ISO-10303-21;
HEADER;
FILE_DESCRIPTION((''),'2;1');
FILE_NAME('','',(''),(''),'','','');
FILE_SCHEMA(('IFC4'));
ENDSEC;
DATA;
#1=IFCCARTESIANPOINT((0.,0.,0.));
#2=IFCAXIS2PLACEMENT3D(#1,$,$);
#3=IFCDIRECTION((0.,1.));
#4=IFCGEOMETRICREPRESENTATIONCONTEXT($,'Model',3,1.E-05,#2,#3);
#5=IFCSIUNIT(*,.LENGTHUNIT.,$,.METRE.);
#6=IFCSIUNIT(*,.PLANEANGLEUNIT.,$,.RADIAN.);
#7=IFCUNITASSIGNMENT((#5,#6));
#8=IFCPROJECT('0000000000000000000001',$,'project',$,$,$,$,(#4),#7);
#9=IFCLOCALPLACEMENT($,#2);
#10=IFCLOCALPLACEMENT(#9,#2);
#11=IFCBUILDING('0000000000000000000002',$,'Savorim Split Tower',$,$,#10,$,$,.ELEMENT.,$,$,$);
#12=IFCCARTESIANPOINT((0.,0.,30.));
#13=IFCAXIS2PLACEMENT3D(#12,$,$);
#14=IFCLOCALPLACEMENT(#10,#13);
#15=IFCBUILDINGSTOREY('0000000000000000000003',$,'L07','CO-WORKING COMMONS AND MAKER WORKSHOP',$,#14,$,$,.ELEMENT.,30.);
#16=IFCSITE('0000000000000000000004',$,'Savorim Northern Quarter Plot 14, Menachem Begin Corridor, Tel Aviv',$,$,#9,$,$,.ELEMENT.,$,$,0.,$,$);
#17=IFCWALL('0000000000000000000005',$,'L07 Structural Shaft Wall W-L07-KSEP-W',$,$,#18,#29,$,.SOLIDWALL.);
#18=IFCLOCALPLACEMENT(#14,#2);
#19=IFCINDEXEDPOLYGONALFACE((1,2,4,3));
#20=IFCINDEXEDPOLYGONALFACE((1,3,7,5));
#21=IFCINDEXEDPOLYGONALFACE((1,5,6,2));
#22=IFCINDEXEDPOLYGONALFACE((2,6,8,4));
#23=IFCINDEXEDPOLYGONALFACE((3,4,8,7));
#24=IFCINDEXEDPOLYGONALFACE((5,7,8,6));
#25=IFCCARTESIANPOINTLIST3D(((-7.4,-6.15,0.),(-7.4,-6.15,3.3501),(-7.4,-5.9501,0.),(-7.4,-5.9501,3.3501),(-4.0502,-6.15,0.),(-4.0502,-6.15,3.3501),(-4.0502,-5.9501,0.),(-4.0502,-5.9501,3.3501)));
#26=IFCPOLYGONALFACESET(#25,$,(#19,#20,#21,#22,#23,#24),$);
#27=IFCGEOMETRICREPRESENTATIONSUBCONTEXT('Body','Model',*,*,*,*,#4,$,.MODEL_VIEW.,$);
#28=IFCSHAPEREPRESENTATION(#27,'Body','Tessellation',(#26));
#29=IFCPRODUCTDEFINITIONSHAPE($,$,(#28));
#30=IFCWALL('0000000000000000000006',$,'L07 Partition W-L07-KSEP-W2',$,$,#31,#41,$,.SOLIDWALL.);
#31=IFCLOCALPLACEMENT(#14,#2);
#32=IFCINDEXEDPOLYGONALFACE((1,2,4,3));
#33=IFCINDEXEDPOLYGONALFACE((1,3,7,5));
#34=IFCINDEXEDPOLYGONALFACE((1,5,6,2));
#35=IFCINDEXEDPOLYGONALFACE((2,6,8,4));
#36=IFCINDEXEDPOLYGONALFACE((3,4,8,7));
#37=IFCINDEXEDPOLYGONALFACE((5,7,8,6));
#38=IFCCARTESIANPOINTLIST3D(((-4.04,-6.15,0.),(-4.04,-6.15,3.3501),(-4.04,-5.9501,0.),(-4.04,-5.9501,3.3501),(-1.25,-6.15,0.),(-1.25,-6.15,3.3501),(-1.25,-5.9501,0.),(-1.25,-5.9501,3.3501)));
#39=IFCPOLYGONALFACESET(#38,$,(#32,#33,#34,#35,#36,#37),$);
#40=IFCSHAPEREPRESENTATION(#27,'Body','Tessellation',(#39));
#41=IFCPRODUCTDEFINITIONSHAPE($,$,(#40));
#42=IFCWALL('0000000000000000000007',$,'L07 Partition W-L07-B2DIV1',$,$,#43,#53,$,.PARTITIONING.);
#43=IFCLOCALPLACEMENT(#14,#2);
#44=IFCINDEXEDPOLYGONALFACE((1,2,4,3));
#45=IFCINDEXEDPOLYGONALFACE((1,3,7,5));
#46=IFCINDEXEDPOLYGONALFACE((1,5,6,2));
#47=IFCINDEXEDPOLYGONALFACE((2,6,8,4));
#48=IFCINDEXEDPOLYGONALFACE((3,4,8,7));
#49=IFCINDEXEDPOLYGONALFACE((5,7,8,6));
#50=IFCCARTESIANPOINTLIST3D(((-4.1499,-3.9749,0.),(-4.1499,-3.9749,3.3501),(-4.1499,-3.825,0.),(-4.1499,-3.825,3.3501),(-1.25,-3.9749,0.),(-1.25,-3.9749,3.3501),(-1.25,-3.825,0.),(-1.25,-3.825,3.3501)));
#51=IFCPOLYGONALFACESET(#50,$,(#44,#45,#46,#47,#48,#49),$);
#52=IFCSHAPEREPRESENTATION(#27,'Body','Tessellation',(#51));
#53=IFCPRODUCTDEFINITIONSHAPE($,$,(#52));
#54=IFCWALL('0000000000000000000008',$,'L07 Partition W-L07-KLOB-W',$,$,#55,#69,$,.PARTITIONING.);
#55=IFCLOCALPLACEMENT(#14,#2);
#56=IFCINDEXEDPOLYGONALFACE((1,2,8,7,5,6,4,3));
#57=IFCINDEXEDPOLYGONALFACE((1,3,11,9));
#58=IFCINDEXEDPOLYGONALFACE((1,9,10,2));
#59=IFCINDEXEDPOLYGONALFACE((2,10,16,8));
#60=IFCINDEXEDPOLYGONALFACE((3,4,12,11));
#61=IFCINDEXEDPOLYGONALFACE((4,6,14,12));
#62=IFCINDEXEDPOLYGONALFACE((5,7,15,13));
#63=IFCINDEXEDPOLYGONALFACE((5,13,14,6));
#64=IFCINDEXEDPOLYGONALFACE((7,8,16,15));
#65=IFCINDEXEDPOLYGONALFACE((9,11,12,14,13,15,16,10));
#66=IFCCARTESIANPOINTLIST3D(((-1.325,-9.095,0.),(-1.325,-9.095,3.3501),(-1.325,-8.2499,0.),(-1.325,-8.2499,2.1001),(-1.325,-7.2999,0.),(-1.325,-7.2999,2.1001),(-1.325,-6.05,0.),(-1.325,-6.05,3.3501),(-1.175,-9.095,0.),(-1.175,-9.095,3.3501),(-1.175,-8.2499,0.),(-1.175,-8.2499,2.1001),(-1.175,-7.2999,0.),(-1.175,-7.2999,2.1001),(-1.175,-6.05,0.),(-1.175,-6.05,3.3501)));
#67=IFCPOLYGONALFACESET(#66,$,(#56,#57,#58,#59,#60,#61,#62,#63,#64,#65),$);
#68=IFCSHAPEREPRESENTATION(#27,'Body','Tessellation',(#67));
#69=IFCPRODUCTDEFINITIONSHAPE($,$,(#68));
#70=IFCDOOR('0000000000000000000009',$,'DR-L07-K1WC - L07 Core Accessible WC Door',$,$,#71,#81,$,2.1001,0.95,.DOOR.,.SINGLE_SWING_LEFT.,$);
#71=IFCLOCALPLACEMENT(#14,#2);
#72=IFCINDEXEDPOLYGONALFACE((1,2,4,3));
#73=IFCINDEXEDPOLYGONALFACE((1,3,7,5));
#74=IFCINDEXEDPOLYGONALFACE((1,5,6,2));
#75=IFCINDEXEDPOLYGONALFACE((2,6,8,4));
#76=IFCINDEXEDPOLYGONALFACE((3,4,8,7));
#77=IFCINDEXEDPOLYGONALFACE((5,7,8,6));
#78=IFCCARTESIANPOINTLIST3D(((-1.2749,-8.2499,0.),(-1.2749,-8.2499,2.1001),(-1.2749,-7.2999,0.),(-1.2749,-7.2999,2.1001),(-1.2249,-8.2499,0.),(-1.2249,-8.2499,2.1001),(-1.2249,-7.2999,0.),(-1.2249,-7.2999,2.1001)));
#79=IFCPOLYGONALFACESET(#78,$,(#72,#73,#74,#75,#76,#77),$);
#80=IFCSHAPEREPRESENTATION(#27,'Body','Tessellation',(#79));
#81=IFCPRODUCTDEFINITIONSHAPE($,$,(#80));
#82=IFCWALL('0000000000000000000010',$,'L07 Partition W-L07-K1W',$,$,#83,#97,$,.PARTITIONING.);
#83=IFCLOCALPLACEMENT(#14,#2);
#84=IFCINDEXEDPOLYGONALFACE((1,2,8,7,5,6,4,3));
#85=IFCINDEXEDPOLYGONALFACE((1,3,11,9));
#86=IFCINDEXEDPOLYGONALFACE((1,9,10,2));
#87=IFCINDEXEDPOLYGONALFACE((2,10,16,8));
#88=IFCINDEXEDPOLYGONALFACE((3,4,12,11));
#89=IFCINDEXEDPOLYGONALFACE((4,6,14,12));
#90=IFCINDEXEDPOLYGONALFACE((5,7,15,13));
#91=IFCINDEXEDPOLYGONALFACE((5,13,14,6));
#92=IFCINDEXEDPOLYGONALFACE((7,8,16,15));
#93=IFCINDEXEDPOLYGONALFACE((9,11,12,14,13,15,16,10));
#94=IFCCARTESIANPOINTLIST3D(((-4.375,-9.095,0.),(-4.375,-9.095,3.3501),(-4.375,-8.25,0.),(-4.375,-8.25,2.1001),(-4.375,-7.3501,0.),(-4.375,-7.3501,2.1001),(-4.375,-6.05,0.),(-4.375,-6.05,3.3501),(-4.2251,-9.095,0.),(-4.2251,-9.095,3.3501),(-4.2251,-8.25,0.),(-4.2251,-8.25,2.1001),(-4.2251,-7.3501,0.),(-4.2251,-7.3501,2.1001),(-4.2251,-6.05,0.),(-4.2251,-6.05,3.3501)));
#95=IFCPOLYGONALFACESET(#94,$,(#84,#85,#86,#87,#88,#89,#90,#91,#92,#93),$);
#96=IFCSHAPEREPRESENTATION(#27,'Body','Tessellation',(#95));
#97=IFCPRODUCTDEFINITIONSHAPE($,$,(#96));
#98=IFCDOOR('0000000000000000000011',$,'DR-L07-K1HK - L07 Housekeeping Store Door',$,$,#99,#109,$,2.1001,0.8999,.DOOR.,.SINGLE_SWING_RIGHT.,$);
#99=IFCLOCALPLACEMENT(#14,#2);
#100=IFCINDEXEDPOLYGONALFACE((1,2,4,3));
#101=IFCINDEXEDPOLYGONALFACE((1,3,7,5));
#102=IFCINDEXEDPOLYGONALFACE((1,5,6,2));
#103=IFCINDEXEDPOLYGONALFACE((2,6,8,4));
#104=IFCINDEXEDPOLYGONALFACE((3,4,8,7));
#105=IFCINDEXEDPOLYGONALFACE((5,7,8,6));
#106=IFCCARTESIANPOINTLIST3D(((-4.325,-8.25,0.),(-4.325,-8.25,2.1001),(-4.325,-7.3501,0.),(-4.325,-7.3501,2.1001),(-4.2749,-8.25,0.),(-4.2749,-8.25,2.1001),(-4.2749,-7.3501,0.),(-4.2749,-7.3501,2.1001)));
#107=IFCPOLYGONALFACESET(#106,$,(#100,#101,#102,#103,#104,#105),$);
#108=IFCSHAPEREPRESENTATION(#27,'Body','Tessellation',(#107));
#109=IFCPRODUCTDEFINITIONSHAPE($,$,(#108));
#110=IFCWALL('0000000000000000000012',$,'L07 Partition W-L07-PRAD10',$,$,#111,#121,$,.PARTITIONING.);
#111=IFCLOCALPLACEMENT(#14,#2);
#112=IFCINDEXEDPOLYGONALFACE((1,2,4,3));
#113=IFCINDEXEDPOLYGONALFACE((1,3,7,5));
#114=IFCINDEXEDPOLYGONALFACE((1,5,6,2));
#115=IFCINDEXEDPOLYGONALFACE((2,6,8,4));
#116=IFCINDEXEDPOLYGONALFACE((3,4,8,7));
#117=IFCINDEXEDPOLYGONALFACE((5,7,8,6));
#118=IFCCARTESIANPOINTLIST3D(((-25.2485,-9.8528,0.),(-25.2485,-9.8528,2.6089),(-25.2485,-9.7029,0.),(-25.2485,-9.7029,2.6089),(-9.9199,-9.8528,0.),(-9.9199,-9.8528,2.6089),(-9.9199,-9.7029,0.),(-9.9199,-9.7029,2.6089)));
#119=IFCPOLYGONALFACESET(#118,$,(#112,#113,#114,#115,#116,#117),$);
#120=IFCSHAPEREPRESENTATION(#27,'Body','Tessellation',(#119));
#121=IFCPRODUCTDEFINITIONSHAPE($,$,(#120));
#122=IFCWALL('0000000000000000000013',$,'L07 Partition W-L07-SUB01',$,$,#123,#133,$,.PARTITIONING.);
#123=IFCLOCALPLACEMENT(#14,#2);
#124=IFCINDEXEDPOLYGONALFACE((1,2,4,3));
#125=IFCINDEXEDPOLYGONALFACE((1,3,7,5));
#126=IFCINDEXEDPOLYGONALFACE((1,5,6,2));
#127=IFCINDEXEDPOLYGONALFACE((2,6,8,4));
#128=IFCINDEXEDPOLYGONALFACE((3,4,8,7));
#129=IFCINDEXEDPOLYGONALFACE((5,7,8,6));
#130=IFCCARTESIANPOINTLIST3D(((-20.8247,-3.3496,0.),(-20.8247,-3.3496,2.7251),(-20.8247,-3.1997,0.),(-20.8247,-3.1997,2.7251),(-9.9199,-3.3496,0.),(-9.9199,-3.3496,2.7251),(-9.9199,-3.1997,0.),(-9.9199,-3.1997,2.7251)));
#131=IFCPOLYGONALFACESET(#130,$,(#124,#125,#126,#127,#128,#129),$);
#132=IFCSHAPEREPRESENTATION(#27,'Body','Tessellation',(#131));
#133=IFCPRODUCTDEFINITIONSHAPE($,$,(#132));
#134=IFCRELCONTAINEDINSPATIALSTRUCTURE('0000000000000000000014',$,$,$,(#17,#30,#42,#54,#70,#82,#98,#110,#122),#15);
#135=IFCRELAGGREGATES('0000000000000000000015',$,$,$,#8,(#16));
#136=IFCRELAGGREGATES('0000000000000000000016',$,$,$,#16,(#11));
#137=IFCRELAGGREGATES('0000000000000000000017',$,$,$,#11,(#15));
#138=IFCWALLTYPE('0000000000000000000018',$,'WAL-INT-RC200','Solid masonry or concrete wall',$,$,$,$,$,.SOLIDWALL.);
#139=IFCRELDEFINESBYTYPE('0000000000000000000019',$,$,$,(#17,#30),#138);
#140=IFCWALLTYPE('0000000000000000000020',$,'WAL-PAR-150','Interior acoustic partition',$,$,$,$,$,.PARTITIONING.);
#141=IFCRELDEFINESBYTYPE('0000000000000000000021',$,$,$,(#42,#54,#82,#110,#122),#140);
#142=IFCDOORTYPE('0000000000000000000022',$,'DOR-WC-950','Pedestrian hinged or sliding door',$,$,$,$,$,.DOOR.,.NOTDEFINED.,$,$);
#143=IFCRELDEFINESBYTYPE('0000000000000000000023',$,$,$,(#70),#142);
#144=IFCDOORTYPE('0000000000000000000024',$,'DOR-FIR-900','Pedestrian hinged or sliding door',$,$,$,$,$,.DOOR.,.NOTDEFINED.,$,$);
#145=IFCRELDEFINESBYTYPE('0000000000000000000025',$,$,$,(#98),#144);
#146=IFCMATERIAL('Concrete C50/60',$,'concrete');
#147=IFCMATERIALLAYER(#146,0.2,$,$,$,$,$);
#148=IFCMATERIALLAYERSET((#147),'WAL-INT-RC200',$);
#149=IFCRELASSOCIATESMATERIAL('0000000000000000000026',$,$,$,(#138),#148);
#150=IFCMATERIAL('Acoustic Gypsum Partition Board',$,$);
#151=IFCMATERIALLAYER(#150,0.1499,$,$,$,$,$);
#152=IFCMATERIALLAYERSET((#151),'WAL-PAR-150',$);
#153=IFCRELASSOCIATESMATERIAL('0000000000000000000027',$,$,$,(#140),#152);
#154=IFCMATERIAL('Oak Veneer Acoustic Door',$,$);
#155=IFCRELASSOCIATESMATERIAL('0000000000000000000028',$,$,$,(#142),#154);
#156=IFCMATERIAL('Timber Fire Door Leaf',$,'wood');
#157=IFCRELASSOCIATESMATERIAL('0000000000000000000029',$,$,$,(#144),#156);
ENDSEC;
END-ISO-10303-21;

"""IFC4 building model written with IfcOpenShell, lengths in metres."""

from ifc_helpers import new_model, si_unit, direction, frame, frame_2d, origin, place, context, subcontext, project, spatial, rectangle, extrude, material, layer, layer_set, type_object, element, fill, save


model = new_model("IFC4")

# Units and contexts
model_context = context("Model", 3, precision=1e-05, world=origin(), true_north=direction((0.0, 1.0)))
body_context = subcontext(model_context, "Body", "Model", "MODEL_VIEW")
ifc_project = project(units=[si_unit("LENGTHUNIT", "METRE"), si_unit("PLANEANGLEUNIT", "RADIAN")], contexts=[model_context])

# Site, building, storey
site_placement = place(None, origin())
site = spatial("IfcSite", under=ifc_project, at=site_placement, Name="Savorim Northern Quarter Plot 14, Menachem Begin Corridor, Tel Aviv", CompositionType="ELEMENT", RefElevation=0.0)
building_placement = place(site_placement, origin())
building = spatial("IfcBuilding", under=site, at=building_placement, Name="Savorim Split Tower", CompositionType="ELEMENT")
storey_placement = place(building_placement, frame((0.0, 0.0, 30.0)))
storey = spatial("IfcBuildingStorey", under=building, at=storey_placement, Name="L07", Description="CO-WORKING COMMONS AND MAKER WORKSHOP", CompositionType="ELEMENT", Elevation=30.0)

# Shared definitions
ifc_material_1 = material(Name="Timber Fire Door Leaf", Category="wood")

# Walls
ifc_material_2 = material(Name="Concrete C50/60", Category="concrete")
ifc_layer_1 = layer(ifc_material_2, 0.2)
ifc_layer_set_1 = layer_set([ifc_layer_1], Name="WAL-INT-RC200")
wall_type_1 = type_object("IfcWallType", Name="WAL-INT-RC200", Description="Solid masonry or concrete wall", PredefinedType="SOLIDWALL", material=ifc_layer_set_1)
wall_1_placement = place(storey_placement, frame((-7.3999, -6.05, 0.0), z_axis=(0.0, 0.0, 1.0), x_axis=(1.0, 0.0, 0.0)))
element("IfcWall", 1, at=wall_1_placement, inside=storey, type_object=wall_type_1, Name="L07 Structural Shaft Wall W-L07-KSEP-W", PredefinedType="SOLIDWALL", context=body_context, shape_type="SweptSolid", body=[
    extrude(rectangle(XDim=3.3499, YDim=0.2, at=frame_2d((1.6748, 0.0))), origin(), (0.0, 0.0, 1.0), 3.3501),
])
wall_2_placement = place(storey_placement, frame((-4.04, -6.05, 0.0), z_axis=(0.0, 0.0, 1.0), x_axis=(1.0, 0.0, 0.0)))
element("IfcWall", 2, at=wall_2_placement, inside=storey, type_object=wall_type_1, Name="L07 Partition W-L07-KSEP-W2", PredefinedType="SOLIDWALL", context=body_context, shape_type="SweptSolid", body=[
    extrude(rectangle(XDim=2.79, YDim=0.2, at=frame_2d((1.395, 0.0))), origin(), (0.0, 0.0, 1.0), 3.3501),
])
ifc_material_3 = material(Name="Acoustic Gypsum Partition Board")
ifc_layer_2 = layer(ifc_material_3, 0.1499)
ifc_layer_set_2 = layer_set([ifc_layer_2], Name="WAL-PAR-150")
wall_type_2 = type_object("IfcWallType", Name="WAL-PAR-150", Description="Interior acoustic partition", PredefinedType="PARTITIONING", material=ifc_layer_set_2)
wall_3_placement = place(storey_placement, frame((-4.1499, -3.8999, 0.0), z_axis=(0.0, 0.0, 1.0), x_axis=(1.0, 0.0, 0.0)))
element("IfcWall", 3, at=wall_3_placement, inside=storey, type_object=wall_type_2, Name="L07 Partition W-L07-B2DIV1", PredefinedType="PARTITIONING", context=body_context, shape_type="SweptSolid", body=[
    extrude(rectangle(XDim=2.8999, YDim=0.1499, at=frame_2d((1.45, 0.0))), origin(), (0.0, 0.0, 1.0), 3.3501),
])

# Walls, openings, doors
wall_4_placement = place(storey_placement, frame((-1.25, -9.095, 0.0), z_axis=(0.0, 0.0, 1.0), x_axis=(0.0, 1.0, 0.0)))
wall_4 = element("IfcWall", 4, at=wall_4_placement, inside=storey, type_object=wall_type_2, Name="L07 Partition W-L07-KLOB-W", PredefinedType="PARTITIONING", context=body_context, shape_type="SweptSolid", body=[
    extrude(rectangle(XDim=3.0449, YDim=0.1499, at=frame_2d((1.5225, 0.0))), origin(), (0.0, 0.0, 1.0), 3.3501),
])
opening_1_placement = place(wall_4_placement, frame((0.845, 0.0, 0.0)))
opening_1 = element("IfcOpeningElement", 5, at=opening_1_placement, cuts=wall_4, PredefinedType="OPENING", context=body_context, shape_type="SweptSolid", body=[
    extrude(rectangle(XDim=0.95, YDim=2.1001, at=frame_2d((0.4751, 1.05))), frame((0.0, 0.085, 0.0), z_axis=(0.0, -1.0, 0.0), x_axis=(1.0, 0.0, 0.0)), (0.0, 0.0, 1.0), 0.1699),
])
ifc_material_4 = material(Name="Oak Veneer Acoustic Door")
door_type_1 = type_object("IfcDoorType", Name="DOR-WC-950", Description="Pedestrian hinged or sliding door", OperationType="NOTDEFINED", PredefinedType="DOOR", material=ifc_material_4)
door_1_placement = place(opening_1_placement, origin())
door_1 = element("IfcDoor", 6, at=door_1_placement, inside=storey, type_object=door_type_1, Name="DR-L07-K1WC - L07 Core Accessible WC Door", OperationType="SINGLE_SWING_LEFT", OverallHeight=2.1001, OverallWidth=0.95, PredefinedType="DOOR", context=body_context, shape_type="SweptSolid", body=[
    extrude(rectangle(XDim=0.95, YDim=2.1001, at=frame_2d((0.4751, 1.05))), frame((0.0, 0.0249, 0.0), z_axis=(0.0, -1.0, 0.0), x_axis=(1.0, 0.0, 0.0)), (0.0, 0.0, 1.0), 0.05),
])
fill(opening_1, door_1)
wall_5_placement = place(storey_placement, frame((-4.3, -9.095, 0.0), z_axis=(0.0, 0.0, 1.0), x_axis=(0.0, 1.0, 0.0)))
wall_5 = element("IfcWall", 7, at=wall_5_placement, inside=storey, type_object=wall_type_2, Name="L07 Partition W-L07-K1W", PredefinedType="PARTITIONING", context=body_context, shape_type="SweptSolid", body=[
    extrude(rectangle(XDim=3.0449, YDim=0.1499, at=frame_2d((1.5225, 0.0))), origin(), (0.0, 0.0, 1.0), 3.3501),
])
opening_2_placement = place(wall_5_placement, frame((0.845, 0.0, 0.0)))
opening_2 = element("IfcOpeningElement", 8, at=opening_2_placement, cuts=wall_5, PredefinedType="OPENING", context=body_context, shape_type="SweptSolid", body=[
    extrude(rectangle(XDim=0.8999, YDim=2.1001, at=frame_2d((0.45, 1.05))), frame((0.0, 0.085, 0.0), z_axis=(0.0, -1.0, 0.0), x_axis=(1.0, 0.0, 0.0)), (0.0, 0.0, 1.0), 0.1699),
])
door_type_2 = type_object("IfcDoorType", Name="DOR-FIR-900", Description="Pedestrian hinged or sliding door", OperationType="NOTDEFINED", PredefinedType="DOOR", material=ifc_material_1)
door_2_placement = place(opening_2_placement, origin())
door_2 = element("IfcDoor", 9, at=door_2_placement, inside=storey, type_object=door_type_2, Name="DR-L07-K1HK - L07 Housekeeping Store Door", OperationType="SINGLE_SWING_RIGHT", OverallHeight=2.1001, OverallWidth=0.8999, PredefinedType="DOOR", context=body_context, shape_type="SweptSolid", body=[
    extrude(rectangle(XDim=0.8999, YDim=2.1001, at=frame_2d((0.45, 1.05))), frame((0.0, 0.0249, 0.0), z_axis=(0.0, -1.0, 0.0), x_axis=(1.0, 0.0, 0.0)), (0.0, 0.0, 1.0), 0.05),
])
fill(opening_2, door_2)

# Walls
wall_6_placement = place(storey_placement, frame((-9.9199, -9.7778, 0.0), z_axis=(0.0, 0.0, 1.0), x_axis=(-1.0, 0.0, 0.0)))
element("IfcWall", 10, at=wall_6_placement, inside=storey, type_object=wall_type_2, Name="L07 Partition W-L07-PRAD10", PredefinedType="PARTITIONING", context=body_context, shape_type="SweptSolid", body=[
    extrude(rectangle(XDim=15.3286, YDim=0.1499, at=frame_2d((7.6643, 0.0))), origin(), (0.0, 0.0, 1.0), 2.6089),
])
wall_7_placement = place(storey_placement, frame((-9.9199, -3.2747, 0.0), z_axis=(0.0, 0.0, 1.0), x_axis=(-1.0, 0.0, 0.0)))
element("IfcWall", 11, at=wall_7_placement, inside=storey, type_object=wall_type_2, Name="L07 Partition W-L07-SUB01", PredefinedType="PARTITIONING", context=body_context, shape_type="SweptSolid", body=[
    extrude(rectangle(XDim=10.9048, YDim=0.1499, at=frame_2d((5.4524, 0.0))), origin(), (0.0, 0.0, 1.0), 2.7251),
])

save(model, "model.ifc")
